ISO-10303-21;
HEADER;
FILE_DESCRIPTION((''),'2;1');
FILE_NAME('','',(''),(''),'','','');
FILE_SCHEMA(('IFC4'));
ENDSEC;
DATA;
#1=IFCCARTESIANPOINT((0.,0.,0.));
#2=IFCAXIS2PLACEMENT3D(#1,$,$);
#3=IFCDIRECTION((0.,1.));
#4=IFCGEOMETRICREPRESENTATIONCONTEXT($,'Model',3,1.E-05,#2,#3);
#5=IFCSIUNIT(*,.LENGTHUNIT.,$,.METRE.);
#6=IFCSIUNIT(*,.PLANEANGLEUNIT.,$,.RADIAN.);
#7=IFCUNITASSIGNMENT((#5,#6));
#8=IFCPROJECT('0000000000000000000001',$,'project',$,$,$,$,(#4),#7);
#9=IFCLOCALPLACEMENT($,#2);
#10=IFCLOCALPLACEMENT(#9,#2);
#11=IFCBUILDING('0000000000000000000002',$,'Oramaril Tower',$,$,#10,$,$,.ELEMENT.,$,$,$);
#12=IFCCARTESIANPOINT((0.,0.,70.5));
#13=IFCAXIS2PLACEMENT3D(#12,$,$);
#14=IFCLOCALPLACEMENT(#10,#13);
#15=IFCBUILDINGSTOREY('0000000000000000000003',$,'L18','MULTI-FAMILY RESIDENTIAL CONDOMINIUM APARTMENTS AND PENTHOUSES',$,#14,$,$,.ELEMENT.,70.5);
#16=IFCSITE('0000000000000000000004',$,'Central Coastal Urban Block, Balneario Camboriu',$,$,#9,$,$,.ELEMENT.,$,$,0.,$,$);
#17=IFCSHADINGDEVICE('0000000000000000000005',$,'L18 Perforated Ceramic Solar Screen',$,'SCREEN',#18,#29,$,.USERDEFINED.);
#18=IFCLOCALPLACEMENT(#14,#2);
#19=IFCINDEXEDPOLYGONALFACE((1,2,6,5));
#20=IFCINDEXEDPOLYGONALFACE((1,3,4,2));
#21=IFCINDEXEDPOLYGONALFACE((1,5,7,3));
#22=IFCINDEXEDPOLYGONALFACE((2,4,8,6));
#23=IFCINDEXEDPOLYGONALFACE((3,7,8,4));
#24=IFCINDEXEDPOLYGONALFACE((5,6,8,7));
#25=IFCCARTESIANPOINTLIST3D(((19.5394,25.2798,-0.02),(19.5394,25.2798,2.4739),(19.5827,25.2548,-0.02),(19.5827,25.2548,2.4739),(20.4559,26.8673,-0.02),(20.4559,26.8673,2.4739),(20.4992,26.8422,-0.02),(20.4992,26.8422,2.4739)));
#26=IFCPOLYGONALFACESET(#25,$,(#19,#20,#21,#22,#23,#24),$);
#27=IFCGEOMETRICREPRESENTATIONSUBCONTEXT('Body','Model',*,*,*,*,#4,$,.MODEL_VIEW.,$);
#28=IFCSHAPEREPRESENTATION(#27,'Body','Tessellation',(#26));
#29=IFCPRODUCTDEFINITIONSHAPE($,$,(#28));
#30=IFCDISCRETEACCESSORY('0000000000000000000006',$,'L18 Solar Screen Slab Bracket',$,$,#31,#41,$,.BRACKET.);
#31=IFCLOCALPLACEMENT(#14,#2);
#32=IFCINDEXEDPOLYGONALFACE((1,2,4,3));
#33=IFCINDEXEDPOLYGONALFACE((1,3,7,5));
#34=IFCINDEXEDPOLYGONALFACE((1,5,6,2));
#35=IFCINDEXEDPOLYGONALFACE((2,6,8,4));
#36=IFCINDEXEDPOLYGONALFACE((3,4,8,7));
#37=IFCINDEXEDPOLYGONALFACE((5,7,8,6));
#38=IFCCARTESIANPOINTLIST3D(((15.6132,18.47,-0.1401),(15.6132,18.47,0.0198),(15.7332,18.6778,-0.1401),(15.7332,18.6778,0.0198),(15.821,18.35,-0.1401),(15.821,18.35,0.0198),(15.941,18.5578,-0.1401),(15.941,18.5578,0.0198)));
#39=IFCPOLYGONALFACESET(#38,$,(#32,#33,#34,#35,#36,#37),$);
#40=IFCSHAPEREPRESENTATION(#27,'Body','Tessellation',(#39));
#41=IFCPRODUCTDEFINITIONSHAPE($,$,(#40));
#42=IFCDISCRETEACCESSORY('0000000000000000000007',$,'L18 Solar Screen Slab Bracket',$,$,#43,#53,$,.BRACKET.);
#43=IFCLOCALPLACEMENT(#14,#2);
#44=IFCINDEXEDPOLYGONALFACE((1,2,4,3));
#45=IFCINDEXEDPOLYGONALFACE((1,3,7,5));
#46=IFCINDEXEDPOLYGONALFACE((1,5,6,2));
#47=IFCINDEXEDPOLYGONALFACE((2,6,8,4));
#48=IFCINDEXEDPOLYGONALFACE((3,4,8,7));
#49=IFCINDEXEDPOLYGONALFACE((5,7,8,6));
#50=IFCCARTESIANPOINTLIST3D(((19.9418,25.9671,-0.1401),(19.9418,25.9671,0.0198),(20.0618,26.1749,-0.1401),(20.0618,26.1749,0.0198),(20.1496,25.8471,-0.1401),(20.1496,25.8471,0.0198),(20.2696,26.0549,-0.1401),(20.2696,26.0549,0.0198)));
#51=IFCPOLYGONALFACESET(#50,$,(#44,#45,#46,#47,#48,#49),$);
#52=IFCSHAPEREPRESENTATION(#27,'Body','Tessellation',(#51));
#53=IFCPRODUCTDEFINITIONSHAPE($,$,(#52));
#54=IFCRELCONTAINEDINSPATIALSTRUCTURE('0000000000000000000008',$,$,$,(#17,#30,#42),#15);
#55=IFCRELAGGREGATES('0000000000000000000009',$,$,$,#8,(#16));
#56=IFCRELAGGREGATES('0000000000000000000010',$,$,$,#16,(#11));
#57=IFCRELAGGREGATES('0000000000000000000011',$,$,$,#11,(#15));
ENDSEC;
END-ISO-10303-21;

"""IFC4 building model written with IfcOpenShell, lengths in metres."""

from ifc_helpers import new_model, si_unit, direction, frame, origin, origin_2d, place, context, subcontext, project, spatial, rectangle, extrude, element, save


model = new_model("IFC4")

# Units and contexts
model_context = context("Model", 3, precision=1e-05, world=origin(), true_north=direction((0.0, 1.0)))
body_context = subcontext(model_context, "Body", "Model", "MODEL_VIEW")
ifc_project = project(units=[si_unit("LENGTHUNIT", "METRE"), si_unit("PLANEANGLEUNIT", "RADIAN")], contexts=[model_context])

# Site, building, storey
site_placement = place(None, origin())
site = spatial("IfcSite", under=ifc_project, at=site_placement, Name="Central Coastal Urban Block, Balneario Camboriu", CompositionType="ELEMENT", RefElevation=0.0)
building_placement = place(site_placement, origin())
building = spatial("IfcBuilding", under=site, at=building_placement, Name="Oramaril Tower", CompositionType="ELEMENT")
storey_placement = place(building_placement, frame((0.0, 0.0, 70.5)))
storey = spatial("IfcBuildingStorey", under=building, at=storey_placement, Name="L18", Description="MULTI-FAMILY RESIDENTIAL CONDOMINIUM APARTMENTS AND PENTHOUSES", CompositionType="ELEMENT", Elevation=70.5)

# Shading device
for number, where, z_axis, x_axis, name in (
    (1, (20.0193, 26.061, -0.02), (0.0, 0.0, 1.0), (-0.5, -0.866025, 0.0), "L18 Perforated Ceramic Solar Screen"),
):
    element("IfcShadingDevice", number, at=place(storey_placement, frame(where, z_axis=z_axis, x_axis=x_axis)), inside=storey, Name=name, ObjectType="SCREEN", PredefinedType="USERDEFINED", context=body_context, shape_type="SweptSolid", body=[
        extrude(rectangle(XDim=1.833, YDim=0.05, at=origin_2d()), origin(), (0.0, 0.0, 1.0), 2.4939),
    ])

# Discrete accessories
for number, where, z_axis, x_axis, name in (
    (2, (15.7771, 18.5139, -0.1401), (0.0, 0.0, 1.0), (-0.5, -0.866025, 0.0), "L18 Solar Screen Slab Bracket"),
    (3, (20.1057, 26.011, -0.1401), (0.0, 0.0, 1.0), (-0.5, -0.866025, 0.0), "L18 Solar Screen Slab Bracket"),
):
    element("IfcDiscreteAccessory", number, at=place(storey_placement, frame(where, z_axis=z_axis, x_axis=x_axis)), inside=storey, Name=name, PredefinedType="BRACKET", context=body_context, shape_type="SweptSolid", body=[
        extrude(rectangle(XDim=0.24, YDim=0.24, at=origin_2d()), origin(), (0.0, 0.0, 1.0), 0.1599),
    ])

save(model, "model.ifc")
